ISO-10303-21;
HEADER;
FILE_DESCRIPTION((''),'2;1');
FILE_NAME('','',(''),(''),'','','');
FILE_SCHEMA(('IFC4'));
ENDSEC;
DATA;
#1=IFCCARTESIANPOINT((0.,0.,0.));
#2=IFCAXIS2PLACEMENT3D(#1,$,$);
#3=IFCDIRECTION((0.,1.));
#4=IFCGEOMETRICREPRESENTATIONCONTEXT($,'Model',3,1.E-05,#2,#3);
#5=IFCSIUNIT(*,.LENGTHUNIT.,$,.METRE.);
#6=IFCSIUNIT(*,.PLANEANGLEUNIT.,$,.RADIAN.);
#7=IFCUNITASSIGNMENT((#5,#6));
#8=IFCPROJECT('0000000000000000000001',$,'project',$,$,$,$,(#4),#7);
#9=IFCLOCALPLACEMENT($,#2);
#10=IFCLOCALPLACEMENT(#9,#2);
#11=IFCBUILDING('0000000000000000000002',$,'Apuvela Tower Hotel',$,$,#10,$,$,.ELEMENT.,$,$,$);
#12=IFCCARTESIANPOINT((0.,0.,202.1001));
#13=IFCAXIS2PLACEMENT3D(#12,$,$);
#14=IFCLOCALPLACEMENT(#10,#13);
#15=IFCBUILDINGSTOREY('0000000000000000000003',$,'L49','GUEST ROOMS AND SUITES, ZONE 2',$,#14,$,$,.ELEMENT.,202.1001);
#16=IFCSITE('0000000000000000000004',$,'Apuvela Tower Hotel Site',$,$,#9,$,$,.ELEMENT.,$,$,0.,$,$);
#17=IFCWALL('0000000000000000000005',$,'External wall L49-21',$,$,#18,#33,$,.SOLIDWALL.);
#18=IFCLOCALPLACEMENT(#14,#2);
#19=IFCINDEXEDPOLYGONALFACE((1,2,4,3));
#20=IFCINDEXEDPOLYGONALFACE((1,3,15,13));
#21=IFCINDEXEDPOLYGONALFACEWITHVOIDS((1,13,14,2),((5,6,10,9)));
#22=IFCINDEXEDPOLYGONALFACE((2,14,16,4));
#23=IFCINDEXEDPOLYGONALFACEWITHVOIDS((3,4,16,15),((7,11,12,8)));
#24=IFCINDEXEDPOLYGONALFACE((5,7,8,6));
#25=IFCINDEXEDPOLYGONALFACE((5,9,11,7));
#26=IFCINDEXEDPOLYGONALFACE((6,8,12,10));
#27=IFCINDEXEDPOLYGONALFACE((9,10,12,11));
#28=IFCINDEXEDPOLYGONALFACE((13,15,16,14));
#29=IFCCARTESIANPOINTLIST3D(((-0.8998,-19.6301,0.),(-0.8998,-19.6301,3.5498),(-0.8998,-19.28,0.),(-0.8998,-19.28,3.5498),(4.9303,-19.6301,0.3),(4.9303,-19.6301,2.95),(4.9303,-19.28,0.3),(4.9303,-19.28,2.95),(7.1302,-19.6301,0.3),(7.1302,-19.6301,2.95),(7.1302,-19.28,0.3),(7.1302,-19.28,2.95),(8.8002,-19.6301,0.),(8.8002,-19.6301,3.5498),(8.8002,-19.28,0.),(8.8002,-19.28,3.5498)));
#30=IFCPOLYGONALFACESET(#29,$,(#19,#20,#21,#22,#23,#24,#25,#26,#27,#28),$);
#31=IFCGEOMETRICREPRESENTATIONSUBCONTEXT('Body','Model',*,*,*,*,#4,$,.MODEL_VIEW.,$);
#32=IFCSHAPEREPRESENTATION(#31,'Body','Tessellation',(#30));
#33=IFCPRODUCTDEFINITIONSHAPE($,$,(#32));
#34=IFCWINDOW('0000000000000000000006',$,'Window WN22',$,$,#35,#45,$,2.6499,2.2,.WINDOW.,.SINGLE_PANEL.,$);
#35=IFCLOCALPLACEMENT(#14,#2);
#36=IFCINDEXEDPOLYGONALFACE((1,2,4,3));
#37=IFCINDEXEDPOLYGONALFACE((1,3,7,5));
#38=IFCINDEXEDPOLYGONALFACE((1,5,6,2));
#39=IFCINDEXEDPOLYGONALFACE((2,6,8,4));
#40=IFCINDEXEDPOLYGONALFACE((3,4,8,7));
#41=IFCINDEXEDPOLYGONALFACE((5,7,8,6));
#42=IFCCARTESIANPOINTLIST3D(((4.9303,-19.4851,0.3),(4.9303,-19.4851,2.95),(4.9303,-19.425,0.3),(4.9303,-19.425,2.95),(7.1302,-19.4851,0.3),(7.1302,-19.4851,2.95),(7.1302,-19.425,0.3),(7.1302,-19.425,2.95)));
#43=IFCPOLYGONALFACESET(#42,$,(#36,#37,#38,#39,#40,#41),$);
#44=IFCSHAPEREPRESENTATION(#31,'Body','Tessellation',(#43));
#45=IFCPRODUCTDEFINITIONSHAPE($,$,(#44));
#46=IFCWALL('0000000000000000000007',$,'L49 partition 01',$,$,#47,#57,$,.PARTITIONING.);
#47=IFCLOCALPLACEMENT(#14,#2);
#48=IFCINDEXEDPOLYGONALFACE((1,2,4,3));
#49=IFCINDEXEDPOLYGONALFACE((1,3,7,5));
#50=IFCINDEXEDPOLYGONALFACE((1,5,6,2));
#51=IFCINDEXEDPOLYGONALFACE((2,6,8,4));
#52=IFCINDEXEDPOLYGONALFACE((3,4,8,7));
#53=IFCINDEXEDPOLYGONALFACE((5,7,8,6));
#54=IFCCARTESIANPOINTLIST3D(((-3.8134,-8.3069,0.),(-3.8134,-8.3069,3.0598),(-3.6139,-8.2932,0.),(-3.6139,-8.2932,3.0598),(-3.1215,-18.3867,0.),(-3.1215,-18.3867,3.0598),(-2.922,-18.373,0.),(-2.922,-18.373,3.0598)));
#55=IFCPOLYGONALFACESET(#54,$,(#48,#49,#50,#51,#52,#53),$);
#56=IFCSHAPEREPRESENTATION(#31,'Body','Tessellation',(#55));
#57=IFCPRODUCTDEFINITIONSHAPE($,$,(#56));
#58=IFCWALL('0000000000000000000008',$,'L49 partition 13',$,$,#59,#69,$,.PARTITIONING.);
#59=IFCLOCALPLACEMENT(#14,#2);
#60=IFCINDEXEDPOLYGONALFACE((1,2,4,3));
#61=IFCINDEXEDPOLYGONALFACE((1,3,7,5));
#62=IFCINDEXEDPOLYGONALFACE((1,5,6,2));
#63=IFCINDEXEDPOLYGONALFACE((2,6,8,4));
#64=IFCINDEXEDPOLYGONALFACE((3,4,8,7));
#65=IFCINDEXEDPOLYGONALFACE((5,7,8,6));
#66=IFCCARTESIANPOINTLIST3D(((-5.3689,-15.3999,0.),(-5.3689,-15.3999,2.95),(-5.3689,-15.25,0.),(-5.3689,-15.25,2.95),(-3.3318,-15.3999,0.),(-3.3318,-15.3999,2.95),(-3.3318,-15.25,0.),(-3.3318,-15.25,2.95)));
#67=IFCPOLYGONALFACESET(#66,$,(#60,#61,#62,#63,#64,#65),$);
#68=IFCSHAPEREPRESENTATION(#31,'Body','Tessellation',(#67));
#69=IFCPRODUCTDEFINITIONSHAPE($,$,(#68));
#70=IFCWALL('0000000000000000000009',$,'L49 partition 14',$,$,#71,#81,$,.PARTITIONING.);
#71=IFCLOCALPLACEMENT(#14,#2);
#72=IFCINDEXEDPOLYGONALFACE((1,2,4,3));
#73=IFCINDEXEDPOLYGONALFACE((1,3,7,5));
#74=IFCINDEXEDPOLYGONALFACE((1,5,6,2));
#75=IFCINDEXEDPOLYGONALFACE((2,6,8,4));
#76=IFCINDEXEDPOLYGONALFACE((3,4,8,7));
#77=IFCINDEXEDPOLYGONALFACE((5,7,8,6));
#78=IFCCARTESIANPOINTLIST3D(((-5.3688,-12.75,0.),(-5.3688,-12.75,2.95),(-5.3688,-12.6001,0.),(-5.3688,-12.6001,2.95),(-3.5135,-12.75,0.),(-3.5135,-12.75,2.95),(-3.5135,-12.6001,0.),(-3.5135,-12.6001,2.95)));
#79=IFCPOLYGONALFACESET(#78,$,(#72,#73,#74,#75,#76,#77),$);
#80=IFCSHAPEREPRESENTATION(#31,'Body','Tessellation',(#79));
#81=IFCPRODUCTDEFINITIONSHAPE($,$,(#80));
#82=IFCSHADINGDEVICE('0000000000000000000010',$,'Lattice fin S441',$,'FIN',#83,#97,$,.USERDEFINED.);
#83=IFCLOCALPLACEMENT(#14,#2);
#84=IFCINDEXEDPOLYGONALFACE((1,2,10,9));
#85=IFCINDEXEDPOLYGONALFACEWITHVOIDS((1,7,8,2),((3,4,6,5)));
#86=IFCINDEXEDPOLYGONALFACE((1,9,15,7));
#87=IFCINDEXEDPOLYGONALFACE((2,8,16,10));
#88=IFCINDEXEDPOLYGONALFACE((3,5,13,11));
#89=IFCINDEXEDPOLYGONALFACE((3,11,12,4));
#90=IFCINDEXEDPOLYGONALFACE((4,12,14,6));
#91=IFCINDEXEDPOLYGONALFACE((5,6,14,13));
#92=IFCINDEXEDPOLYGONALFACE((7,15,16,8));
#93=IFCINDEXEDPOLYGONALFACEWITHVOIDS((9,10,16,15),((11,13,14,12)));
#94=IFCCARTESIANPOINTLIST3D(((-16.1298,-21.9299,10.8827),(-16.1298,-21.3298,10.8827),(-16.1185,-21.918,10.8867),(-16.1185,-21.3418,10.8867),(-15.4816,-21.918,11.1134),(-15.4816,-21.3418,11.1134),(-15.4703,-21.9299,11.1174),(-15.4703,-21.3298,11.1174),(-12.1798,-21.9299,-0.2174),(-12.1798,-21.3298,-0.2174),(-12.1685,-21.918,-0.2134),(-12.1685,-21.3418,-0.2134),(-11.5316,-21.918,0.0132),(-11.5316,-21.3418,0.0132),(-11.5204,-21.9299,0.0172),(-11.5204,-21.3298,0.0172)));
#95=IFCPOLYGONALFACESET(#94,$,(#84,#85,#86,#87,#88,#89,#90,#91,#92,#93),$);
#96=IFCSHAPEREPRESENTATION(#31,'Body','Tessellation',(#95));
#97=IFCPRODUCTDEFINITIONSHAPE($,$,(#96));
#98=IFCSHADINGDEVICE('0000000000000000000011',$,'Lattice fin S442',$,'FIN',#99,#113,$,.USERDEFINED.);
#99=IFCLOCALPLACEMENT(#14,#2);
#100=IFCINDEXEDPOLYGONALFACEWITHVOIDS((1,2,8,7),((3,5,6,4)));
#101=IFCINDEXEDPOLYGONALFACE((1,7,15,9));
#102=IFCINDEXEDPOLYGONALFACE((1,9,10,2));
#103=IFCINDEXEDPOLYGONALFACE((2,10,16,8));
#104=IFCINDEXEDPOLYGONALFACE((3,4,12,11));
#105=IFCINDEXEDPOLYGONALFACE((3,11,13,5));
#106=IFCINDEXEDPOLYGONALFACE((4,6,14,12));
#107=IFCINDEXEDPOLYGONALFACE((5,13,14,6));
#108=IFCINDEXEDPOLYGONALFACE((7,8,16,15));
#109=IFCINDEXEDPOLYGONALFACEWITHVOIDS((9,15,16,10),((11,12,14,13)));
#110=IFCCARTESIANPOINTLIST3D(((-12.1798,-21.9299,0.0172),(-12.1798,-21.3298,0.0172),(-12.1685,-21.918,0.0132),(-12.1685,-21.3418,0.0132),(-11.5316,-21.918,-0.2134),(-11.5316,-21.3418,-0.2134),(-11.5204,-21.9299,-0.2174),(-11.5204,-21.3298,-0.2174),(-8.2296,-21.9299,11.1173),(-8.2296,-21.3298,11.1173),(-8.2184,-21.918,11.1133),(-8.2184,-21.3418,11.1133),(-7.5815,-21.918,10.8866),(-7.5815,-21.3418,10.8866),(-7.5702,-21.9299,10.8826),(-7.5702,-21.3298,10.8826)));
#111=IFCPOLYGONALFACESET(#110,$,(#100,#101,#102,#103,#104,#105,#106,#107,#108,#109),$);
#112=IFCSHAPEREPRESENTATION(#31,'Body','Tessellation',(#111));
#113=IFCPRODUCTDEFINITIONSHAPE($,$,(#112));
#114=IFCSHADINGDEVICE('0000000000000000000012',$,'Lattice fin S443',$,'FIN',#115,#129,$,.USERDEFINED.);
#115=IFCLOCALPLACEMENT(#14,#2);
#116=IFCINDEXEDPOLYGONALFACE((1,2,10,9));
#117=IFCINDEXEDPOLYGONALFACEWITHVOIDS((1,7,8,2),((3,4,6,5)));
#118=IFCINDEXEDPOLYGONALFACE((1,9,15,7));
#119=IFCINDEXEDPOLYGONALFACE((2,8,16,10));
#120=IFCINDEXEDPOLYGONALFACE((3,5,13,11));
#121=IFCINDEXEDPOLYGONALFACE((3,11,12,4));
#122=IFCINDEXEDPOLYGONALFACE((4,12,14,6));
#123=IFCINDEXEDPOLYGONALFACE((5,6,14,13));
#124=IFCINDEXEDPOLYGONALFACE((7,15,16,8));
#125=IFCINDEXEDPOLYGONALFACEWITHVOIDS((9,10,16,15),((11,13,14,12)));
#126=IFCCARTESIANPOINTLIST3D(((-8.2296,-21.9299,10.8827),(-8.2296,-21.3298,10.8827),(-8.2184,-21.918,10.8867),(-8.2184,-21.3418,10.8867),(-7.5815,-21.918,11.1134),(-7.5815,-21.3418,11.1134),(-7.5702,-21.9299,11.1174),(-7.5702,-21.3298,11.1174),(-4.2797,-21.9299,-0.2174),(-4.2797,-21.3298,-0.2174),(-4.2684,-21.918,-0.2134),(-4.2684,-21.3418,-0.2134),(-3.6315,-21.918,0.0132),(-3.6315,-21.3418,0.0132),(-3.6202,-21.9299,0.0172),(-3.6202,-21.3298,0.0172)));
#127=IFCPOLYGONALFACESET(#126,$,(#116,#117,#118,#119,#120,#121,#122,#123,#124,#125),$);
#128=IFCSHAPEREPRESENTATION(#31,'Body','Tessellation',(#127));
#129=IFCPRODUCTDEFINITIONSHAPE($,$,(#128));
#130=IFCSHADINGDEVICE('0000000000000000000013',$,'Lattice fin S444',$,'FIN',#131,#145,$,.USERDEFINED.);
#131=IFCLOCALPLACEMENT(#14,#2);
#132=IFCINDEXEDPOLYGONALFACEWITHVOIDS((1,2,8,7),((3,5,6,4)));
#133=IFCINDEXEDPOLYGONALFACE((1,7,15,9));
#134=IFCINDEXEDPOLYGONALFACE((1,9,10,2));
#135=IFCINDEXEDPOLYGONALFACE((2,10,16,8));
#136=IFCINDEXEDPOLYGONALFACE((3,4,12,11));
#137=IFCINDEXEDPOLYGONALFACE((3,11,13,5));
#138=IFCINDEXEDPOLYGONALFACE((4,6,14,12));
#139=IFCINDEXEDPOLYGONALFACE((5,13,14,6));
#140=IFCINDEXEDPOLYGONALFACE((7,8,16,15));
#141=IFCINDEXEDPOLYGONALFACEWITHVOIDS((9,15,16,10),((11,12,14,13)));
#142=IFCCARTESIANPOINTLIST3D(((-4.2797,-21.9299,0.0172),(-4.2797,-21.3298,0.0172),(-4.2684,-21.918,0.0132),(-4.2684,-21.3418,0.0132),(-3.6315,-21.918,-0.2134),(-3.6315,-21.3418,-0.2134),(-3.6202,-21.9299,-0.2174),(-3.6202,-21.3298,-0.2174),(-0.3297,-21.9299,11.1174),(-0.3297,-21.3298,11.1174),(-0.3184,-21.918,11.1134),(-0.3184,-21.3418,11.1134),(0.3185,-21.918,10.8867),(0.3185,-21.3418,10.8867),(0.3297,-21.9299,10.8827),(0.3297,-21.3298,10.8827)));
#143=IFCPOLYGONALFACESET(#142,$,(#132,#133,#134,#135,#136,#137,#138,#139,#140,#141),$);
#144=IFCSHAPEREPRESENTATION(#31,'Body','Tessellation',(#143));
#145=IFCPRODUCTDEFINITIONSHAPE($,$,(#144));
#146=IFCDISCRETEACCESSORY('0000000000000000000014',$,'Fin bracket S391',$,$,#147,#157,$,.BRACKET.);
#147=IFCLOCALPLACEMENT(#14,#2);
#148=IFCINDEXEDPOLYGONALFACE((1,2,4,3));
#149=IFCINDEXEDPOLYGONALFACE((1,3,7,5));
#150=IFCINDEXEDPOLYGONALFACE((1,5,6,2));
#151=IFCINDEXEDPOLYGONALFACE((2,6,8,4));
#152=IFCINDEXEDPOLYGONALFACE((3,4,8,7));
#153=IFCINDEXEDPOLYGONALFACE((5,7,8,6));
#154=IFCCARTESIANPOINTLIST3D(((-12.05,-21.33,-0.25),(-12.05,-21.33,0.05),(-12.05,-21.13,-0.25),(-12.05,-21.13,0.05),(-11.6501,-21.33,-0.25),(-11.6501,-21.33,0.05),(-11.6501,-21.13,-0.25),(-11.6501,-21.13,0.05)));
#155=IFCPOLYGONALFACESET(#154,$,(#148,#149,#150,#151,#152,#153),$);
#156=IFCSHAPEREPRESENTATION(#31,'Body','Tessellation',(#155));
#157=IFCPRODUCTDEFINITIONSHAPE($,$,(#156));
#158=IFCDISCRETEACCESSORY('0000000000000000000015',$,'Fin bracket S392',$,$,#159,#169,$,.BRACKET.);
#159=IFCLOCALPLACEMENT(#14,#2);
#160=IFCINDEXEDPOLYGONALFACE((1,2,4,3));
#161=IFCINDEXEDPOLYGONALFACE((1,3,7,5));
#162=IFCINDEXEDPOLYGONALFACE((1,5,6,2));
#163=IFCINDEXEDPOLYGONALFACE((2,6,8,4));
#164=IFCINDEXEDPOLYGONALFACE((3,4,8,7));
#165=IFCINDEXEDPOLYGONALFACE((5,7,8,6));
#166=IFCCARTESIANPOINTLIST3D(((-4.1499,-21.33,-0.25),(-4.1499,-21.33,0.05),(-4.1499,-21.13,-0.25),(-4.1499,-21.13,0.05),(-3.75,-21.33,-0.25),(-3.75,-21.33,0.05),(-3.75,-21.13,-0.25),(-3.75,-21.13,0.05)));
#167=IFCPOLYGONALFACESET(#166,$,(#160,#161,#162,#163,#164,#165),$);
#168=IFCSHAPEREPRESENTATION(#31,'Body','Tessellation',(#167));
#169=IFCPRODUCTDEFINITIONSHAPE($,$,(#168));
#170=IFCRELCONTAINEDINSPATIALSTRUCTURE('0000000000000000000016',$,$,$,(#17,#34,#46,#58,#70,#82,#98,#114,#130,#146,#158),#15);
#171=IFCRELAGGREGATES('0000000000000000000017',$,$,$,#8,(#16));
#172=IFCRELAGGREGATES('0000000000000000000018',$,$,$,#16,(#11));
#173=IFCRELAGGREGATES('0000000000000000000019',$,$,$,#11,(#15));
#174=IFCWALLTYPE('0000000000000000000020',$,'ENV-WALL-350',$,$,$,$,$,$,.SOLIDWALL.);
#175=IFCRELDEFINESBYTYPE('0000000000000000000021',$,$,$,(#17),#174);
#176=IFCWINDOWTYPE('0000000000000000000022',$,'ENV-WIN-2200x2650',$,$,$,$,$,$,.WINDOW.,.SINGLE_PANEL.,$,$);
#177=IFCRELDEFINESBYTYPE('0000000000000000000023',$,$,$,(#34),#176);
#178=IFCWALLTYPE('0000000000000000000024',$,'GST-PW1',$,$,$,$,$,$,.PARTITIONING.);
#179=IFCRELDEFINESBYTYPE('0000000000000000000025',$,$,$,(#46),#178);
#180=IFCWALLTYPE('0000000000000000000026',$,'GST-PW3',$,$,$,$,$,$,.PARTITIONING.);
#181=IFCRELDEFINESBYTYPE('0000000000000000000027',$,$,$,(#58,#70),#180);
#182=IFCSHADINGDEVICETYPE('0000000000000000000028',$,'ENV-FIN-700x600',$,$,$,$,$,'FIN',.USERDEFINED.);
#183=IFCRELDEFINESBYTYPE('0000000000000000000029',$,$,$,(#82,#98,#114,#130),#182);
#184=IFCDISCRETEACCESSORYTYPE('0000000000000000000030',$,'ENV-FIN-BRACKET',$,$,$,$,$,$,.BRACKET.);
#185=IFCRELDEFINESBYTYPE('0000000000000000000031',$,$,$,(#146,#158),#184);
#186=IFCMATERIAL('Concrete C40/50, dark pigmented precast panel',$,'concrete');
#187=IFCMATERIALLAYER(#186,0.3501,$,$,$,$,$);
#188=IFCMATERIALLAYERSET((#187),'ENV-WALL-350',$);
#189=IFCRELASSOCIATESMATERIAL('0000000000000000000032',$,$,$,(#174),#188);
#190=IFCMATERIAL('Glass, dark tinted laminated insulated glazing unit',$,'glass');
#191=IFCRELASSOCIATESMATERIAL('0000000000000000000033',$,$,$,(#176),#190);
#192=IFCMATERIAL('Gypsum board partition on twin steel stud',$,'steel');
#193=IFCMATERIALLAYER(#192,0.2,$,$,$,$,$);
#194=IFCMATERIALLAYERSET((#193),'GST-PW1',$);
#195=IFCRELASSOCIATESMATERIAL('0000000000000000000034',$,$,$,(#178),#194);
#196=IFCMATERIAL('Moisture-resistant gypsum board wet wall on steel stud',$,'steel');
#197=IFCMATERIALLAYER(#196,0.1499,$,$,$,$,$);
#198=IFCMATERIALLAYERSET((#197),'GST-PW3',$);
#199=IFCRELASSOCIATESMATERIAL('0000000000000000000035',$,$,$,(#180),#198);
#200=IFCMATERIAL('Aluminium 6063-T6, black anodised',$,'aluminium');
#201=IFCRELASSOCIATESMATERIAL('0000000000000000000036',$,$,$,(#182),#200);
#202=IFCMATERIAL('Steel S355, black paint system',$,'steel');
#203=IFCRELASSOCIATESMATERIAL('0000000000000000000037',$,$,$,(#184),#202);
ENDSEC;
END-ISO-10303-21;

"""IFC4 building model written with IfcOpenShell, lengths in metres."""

from ifc_helpers import new_model, si_unit, direction, frame, frame_2d, origin, origin_2d, place, context, subcontext, project, spatial, rectangle, hollow_rectangle, extrude, material, layer, layer_set, material_profile, profile_set, type_object, element, fill, save


model = new_model("IFC4")

# Units and contexts
model_context = context("Model", 3, precision=1e-05, world=origin(), true_north=direction((0.0, 1.0)))
body_context = subcontext(model_context, "Body", "Model", "MODEL_VIEW")
ifc_project = project(units=[si_unit("LENGTHUNIT", "METRE"), si_unit("PLANEANGLEUNIT", "RADIAN")], contexts=[model_context])

# Site, building, storey
site_placement = place(None, origin())
site = spatial("IfcSite", under=ifc_project, at=site_placement, Name="Apuvela Tower Hotel Site", CompositionType="ELEMENT", RefElevation=0.0)
building_placement = place(site_placement, origin())
building = spatial("IfcBuilding", under=site, at=building_placement, Name="Apuvela Tower Hotel", CompositionType="ELEMENT")
storey_placement = place(building_placement, frame((0.0, 0.0, 202.1001)))
storey = spatial("IfcBuildingStorey", under=building, at=storey_placement, Name="L49", Description="GUEST ROOMS AND SUITES, ZONE 2", CompositionType="ELEMENT", Elevation=202.1001)

# Shared definitions
ifc_material_1 = material(Name="Concrete C40/50, dark pigmented precast panel", Category="concrete")
ifc_layer_1 = layer(ifc_material_1, 0.3501)
ifc_layer_set_1 = layer_set([ifc_layer_1], Name="ENV-WALL-350")
wall_type_1 = type_object("IfcWallType", Name="ENV-WALL-350", PredefinedType="SOLIDWALL", material=ifc_layer_set_1)

# Shared definitions
ifc_material_2 = material(Name="Glass, dark tinted laminated insulated glazing unit", Category="glass")

# Wall, opening, window
wall_1_placement = place(storey_placement, frame((-0.8999, -19.4551, 0.0), z_axis=(0.0, 0.0, 1.0), x_axis=(1.0, 0.0, 0.0)))
wall_1 = element("IfcWall", 1, at=wall_1_placement, inside=storey, type_object=wall_type_1, Name="External wall L49-21", PredefinedType="SOLIDWALL", context=body_context, shape_type="SweptSolid", body=[
    extrude(rectangle(XDim=9.7, YDim=0.3501, at=frame_2d((4.8501, 0.0))), origin(), (0.0, 0.0, 1.0), 3.5498),
])
opening_1_placement = place(wall_1_placement, frame((5.8301, 0.0, 0.3)))
opening_1 = element("IfcOpeningElement", 2, at=opening_1_placement, cuts=wall_1, PredefinedType="OPENING", context=body_context, shape_type="SweptSolid", body=[
    extrude(rectangle(XDim=2.2, YDim=2.6499, at=frame_2d((1.1001, 1.325))), frame((0.0, 0.1851, 0.0), z_axis=(0.0, -1.0, 0.0), x_axis=(1.0, 0.0, 0.0)), (0.0, 0.0, 1.0), 0.3701),
])
window_type_1 = type_object("IfcWindowType", Name="ENV-WIN-2200x2650", PartitioningType="SINGLE_PANEL", PredefinedType="WINDOW", material=ifc_material_2)
window_1_placement = place(opening_1_placement, origin())
window_1 = element("IfcWindow", 3, at=window_1_placement, inside=storey, type_object=window_type_1, Name="Window WN22", OverallHeight=2.6499, OverallWidth=2.2, PartitioningType="SINGLE_PANEL", PredefinedType="WINDOW", context=body_context, shape_type="SweptSolid", body=[
    extrude(rectangle(XDim=2.2, YDim=2.6499, at=frame_2d((1.1001, 1.325))), frame((0.0, 0.03, 0.0), z_axis=(0.0, -1.0, 0.0), x_axis=(1.0, 0.0, 0.0)), (0.0, 0.0, 1.0), 0.0601),
])
fill(opening_1, window_1)

# Walls
ifc_material_3 = material(Name="Gypsum board partition on twin steel stud", Category="steel")
ifc_layer_2 = layer(ifc_material_3, 0.2)
ifc_layer_set_2 = layer_set([ifc_layer_2], Name="GST-PW1")
wall_type_2 = type_object("IfcWallType", Name="GST-PW1", PredefinedType="PARTITIONING", material=ifc_layer_set_2)
wall_2_placement = place(storey_placement, frame((-3.0217, -18.3799, 0.0), z_axis=(0.0, 0.0, 1.0), x_axis=(-0.06848, 0.997652, 0.0)))
element("IfcWall", 4, at=wall_2_placement, inside=storey, type_object=wall_type_2, Name="L49 partition 01", PredefinedType="PARTITIONING", context=body_context, shape_type="SweptSolid", body=[
    extrude(rectangle(XDim=10.1035, YDim=0.2, at=frame_2d((5.0518, 0.0))), origin(), (0.0, 0.0, 1.0), 3.0598),
])
ifc_material_4 = material(Name="Moisture-resistant gypsum board wet wall on steel stud", Category="steel")
ifc_layer_3 = layer(ifc_material_4, 0.1499)
ifc_layer_set_3 = layer_set([ifc_layer_3], Name="GST-PW3")
wall_type_3 = type_object("IfcWallType", Name="GST-PW3", PredefinedType="PARTITIONING", material=ifc_layer_set_3)
wall_3_placement = place(storey_placement, frame((-5.3689, -15.325, 0.0), z_axis=(0.0, 0.0, 1.0), x_axis=(1.0, 0.0, 0.0)))
element("IfcWall", 5, at=wall_3_placement, inside=storey, type_object=wall_type_3, Name="L49 partition 13", PredefinedType="PARTITIONING", context=body_context, shape_type="SweptSolid", body=[
    extrude(rectangle(XDim=2.0371, YDim=0.1499, at=frame_2d((1.0186, 0.0))), origin(), (0.0, 0.0, 1.0), 2.95),
])
wall_4_placement = place(storey_placement, frame((-5.3689, -12.675, 0.0), z_axis=(0.0, 0.0, 1.0), x_axis=(1.0, 0.0, 0.0)))
element("IfcWall", 6, at=wall_4_placement, inside=storey, type_object=wall_type_3, Name="L49 partition 14", PredefinedType="PARTITIONING", context=body_context, shape_type="SweptSolid", body=[
    extrude(rectangle(XDim=1.8552, YDim=0.1499, at=frame_2d((0.9277, 0.0))), origin(), (0.0, 0.0, 1.0), 2.95),
])

# Shading devices
ifc_material_5 = material(Name="Aluminium 6063-T6, black anodised", Category="aluminium")
ifc_material_profile_1 = material_profile(ifc_material_5, hollow_rectangle(XDim=0.6001, YDim=0.7, WallThickness=0.012, at=origin_2d()), Name="AL BOX 700x600x12")
ifc_profile_set_1 = profile_set([ifc_material_profile_1], Name="Aluminium 6063-T6, black anodised")
shading_device_type = type_object("IfcShadingDeviceType", Name="ENV-FIN-700x600", ElementType="FIN", PredefinedType="USERDEFINED", material=ifc_profile_set_1)
for number, where, z_axis, x_axis, name in (
    (7, (-11.8501, -21.6299, -0.1001), (-0.335255, 0.0, 0.942128), (0.0, -1.0, 0.0), "Lattice fin S441"),
    (8, (-11.8501, -21.6299, -0.1001), (0.335273, 0.0, 0.942121), (0.0, 1.0, 0.0), "Lattice fin S442"),
    (9, (-3.95, -21.6299, -0.1001), (-0.335255, 0.0, 0.942128), (0.0, -1.0, 0.0), "Lattice fin S443"),
    (10, (-3.95, -21.6299, -0.1001), (0.335255, 0.0, 0.942128), (0.0, 1.0, 0.0), "Lattice fin S444"),
):
    element("IfcShadingDevice", number, at=place(storey_placement, frame(where, z_axis=z_axis, x_axis=x_axis)), inside=storey, type_object=shading_device_type, Name=name, ObjectType="FIN", PredefinedType="USERDEFINED", context=body_context, shape_type="SweptSolid", body=[
        extrude(hollow_rectangle(XDim=0.6001, YDim=0.7, WallThickness=0.012, at=origin_2d()), origin(), (0.0, 0.0, 1.0), 11.782),
    ])

# Discrete accessories
ifc_material_6 = material(Name="Steel S355, black paint system", Category="steel")
discrete_accessory_type = type_object("IfcDiscreteAccessoryType", Name="ENV-FIN-BRACKET", PredefinedType="BRACKET", material=ifc_material_6)
for number, where, z_axis, x_axis, name in (
    (11, (-11.8501, -21.23, -0.25), (0.0, 0.0, 1.0), (1.0, 0.0, 0.0), "Fin bracket S391"),
    (12, (-3.95, -21.23, -0.25), (0.0, 0.0, 1.0), (1.0, 0.0, 0.0), "Fin bracket S392"),
):
    element("IfcDiscreteAccessory", number, at=place(storey_placement, frame(where, z_axis=z_axis, x_axis=x_axis)), inside=storey, type_object=discrete_accessory_type, Name=name, PredefinedType="BRACKET", context=body_context, shape_type="SweptSolid", body=[
        extrude(rectangle(XDim=0.3999, YDim=0.2, at=origin_2d()), origin(), (0.0, 0.0, 1.0), 0.3),
    ])

save(model, "model.ifc")
